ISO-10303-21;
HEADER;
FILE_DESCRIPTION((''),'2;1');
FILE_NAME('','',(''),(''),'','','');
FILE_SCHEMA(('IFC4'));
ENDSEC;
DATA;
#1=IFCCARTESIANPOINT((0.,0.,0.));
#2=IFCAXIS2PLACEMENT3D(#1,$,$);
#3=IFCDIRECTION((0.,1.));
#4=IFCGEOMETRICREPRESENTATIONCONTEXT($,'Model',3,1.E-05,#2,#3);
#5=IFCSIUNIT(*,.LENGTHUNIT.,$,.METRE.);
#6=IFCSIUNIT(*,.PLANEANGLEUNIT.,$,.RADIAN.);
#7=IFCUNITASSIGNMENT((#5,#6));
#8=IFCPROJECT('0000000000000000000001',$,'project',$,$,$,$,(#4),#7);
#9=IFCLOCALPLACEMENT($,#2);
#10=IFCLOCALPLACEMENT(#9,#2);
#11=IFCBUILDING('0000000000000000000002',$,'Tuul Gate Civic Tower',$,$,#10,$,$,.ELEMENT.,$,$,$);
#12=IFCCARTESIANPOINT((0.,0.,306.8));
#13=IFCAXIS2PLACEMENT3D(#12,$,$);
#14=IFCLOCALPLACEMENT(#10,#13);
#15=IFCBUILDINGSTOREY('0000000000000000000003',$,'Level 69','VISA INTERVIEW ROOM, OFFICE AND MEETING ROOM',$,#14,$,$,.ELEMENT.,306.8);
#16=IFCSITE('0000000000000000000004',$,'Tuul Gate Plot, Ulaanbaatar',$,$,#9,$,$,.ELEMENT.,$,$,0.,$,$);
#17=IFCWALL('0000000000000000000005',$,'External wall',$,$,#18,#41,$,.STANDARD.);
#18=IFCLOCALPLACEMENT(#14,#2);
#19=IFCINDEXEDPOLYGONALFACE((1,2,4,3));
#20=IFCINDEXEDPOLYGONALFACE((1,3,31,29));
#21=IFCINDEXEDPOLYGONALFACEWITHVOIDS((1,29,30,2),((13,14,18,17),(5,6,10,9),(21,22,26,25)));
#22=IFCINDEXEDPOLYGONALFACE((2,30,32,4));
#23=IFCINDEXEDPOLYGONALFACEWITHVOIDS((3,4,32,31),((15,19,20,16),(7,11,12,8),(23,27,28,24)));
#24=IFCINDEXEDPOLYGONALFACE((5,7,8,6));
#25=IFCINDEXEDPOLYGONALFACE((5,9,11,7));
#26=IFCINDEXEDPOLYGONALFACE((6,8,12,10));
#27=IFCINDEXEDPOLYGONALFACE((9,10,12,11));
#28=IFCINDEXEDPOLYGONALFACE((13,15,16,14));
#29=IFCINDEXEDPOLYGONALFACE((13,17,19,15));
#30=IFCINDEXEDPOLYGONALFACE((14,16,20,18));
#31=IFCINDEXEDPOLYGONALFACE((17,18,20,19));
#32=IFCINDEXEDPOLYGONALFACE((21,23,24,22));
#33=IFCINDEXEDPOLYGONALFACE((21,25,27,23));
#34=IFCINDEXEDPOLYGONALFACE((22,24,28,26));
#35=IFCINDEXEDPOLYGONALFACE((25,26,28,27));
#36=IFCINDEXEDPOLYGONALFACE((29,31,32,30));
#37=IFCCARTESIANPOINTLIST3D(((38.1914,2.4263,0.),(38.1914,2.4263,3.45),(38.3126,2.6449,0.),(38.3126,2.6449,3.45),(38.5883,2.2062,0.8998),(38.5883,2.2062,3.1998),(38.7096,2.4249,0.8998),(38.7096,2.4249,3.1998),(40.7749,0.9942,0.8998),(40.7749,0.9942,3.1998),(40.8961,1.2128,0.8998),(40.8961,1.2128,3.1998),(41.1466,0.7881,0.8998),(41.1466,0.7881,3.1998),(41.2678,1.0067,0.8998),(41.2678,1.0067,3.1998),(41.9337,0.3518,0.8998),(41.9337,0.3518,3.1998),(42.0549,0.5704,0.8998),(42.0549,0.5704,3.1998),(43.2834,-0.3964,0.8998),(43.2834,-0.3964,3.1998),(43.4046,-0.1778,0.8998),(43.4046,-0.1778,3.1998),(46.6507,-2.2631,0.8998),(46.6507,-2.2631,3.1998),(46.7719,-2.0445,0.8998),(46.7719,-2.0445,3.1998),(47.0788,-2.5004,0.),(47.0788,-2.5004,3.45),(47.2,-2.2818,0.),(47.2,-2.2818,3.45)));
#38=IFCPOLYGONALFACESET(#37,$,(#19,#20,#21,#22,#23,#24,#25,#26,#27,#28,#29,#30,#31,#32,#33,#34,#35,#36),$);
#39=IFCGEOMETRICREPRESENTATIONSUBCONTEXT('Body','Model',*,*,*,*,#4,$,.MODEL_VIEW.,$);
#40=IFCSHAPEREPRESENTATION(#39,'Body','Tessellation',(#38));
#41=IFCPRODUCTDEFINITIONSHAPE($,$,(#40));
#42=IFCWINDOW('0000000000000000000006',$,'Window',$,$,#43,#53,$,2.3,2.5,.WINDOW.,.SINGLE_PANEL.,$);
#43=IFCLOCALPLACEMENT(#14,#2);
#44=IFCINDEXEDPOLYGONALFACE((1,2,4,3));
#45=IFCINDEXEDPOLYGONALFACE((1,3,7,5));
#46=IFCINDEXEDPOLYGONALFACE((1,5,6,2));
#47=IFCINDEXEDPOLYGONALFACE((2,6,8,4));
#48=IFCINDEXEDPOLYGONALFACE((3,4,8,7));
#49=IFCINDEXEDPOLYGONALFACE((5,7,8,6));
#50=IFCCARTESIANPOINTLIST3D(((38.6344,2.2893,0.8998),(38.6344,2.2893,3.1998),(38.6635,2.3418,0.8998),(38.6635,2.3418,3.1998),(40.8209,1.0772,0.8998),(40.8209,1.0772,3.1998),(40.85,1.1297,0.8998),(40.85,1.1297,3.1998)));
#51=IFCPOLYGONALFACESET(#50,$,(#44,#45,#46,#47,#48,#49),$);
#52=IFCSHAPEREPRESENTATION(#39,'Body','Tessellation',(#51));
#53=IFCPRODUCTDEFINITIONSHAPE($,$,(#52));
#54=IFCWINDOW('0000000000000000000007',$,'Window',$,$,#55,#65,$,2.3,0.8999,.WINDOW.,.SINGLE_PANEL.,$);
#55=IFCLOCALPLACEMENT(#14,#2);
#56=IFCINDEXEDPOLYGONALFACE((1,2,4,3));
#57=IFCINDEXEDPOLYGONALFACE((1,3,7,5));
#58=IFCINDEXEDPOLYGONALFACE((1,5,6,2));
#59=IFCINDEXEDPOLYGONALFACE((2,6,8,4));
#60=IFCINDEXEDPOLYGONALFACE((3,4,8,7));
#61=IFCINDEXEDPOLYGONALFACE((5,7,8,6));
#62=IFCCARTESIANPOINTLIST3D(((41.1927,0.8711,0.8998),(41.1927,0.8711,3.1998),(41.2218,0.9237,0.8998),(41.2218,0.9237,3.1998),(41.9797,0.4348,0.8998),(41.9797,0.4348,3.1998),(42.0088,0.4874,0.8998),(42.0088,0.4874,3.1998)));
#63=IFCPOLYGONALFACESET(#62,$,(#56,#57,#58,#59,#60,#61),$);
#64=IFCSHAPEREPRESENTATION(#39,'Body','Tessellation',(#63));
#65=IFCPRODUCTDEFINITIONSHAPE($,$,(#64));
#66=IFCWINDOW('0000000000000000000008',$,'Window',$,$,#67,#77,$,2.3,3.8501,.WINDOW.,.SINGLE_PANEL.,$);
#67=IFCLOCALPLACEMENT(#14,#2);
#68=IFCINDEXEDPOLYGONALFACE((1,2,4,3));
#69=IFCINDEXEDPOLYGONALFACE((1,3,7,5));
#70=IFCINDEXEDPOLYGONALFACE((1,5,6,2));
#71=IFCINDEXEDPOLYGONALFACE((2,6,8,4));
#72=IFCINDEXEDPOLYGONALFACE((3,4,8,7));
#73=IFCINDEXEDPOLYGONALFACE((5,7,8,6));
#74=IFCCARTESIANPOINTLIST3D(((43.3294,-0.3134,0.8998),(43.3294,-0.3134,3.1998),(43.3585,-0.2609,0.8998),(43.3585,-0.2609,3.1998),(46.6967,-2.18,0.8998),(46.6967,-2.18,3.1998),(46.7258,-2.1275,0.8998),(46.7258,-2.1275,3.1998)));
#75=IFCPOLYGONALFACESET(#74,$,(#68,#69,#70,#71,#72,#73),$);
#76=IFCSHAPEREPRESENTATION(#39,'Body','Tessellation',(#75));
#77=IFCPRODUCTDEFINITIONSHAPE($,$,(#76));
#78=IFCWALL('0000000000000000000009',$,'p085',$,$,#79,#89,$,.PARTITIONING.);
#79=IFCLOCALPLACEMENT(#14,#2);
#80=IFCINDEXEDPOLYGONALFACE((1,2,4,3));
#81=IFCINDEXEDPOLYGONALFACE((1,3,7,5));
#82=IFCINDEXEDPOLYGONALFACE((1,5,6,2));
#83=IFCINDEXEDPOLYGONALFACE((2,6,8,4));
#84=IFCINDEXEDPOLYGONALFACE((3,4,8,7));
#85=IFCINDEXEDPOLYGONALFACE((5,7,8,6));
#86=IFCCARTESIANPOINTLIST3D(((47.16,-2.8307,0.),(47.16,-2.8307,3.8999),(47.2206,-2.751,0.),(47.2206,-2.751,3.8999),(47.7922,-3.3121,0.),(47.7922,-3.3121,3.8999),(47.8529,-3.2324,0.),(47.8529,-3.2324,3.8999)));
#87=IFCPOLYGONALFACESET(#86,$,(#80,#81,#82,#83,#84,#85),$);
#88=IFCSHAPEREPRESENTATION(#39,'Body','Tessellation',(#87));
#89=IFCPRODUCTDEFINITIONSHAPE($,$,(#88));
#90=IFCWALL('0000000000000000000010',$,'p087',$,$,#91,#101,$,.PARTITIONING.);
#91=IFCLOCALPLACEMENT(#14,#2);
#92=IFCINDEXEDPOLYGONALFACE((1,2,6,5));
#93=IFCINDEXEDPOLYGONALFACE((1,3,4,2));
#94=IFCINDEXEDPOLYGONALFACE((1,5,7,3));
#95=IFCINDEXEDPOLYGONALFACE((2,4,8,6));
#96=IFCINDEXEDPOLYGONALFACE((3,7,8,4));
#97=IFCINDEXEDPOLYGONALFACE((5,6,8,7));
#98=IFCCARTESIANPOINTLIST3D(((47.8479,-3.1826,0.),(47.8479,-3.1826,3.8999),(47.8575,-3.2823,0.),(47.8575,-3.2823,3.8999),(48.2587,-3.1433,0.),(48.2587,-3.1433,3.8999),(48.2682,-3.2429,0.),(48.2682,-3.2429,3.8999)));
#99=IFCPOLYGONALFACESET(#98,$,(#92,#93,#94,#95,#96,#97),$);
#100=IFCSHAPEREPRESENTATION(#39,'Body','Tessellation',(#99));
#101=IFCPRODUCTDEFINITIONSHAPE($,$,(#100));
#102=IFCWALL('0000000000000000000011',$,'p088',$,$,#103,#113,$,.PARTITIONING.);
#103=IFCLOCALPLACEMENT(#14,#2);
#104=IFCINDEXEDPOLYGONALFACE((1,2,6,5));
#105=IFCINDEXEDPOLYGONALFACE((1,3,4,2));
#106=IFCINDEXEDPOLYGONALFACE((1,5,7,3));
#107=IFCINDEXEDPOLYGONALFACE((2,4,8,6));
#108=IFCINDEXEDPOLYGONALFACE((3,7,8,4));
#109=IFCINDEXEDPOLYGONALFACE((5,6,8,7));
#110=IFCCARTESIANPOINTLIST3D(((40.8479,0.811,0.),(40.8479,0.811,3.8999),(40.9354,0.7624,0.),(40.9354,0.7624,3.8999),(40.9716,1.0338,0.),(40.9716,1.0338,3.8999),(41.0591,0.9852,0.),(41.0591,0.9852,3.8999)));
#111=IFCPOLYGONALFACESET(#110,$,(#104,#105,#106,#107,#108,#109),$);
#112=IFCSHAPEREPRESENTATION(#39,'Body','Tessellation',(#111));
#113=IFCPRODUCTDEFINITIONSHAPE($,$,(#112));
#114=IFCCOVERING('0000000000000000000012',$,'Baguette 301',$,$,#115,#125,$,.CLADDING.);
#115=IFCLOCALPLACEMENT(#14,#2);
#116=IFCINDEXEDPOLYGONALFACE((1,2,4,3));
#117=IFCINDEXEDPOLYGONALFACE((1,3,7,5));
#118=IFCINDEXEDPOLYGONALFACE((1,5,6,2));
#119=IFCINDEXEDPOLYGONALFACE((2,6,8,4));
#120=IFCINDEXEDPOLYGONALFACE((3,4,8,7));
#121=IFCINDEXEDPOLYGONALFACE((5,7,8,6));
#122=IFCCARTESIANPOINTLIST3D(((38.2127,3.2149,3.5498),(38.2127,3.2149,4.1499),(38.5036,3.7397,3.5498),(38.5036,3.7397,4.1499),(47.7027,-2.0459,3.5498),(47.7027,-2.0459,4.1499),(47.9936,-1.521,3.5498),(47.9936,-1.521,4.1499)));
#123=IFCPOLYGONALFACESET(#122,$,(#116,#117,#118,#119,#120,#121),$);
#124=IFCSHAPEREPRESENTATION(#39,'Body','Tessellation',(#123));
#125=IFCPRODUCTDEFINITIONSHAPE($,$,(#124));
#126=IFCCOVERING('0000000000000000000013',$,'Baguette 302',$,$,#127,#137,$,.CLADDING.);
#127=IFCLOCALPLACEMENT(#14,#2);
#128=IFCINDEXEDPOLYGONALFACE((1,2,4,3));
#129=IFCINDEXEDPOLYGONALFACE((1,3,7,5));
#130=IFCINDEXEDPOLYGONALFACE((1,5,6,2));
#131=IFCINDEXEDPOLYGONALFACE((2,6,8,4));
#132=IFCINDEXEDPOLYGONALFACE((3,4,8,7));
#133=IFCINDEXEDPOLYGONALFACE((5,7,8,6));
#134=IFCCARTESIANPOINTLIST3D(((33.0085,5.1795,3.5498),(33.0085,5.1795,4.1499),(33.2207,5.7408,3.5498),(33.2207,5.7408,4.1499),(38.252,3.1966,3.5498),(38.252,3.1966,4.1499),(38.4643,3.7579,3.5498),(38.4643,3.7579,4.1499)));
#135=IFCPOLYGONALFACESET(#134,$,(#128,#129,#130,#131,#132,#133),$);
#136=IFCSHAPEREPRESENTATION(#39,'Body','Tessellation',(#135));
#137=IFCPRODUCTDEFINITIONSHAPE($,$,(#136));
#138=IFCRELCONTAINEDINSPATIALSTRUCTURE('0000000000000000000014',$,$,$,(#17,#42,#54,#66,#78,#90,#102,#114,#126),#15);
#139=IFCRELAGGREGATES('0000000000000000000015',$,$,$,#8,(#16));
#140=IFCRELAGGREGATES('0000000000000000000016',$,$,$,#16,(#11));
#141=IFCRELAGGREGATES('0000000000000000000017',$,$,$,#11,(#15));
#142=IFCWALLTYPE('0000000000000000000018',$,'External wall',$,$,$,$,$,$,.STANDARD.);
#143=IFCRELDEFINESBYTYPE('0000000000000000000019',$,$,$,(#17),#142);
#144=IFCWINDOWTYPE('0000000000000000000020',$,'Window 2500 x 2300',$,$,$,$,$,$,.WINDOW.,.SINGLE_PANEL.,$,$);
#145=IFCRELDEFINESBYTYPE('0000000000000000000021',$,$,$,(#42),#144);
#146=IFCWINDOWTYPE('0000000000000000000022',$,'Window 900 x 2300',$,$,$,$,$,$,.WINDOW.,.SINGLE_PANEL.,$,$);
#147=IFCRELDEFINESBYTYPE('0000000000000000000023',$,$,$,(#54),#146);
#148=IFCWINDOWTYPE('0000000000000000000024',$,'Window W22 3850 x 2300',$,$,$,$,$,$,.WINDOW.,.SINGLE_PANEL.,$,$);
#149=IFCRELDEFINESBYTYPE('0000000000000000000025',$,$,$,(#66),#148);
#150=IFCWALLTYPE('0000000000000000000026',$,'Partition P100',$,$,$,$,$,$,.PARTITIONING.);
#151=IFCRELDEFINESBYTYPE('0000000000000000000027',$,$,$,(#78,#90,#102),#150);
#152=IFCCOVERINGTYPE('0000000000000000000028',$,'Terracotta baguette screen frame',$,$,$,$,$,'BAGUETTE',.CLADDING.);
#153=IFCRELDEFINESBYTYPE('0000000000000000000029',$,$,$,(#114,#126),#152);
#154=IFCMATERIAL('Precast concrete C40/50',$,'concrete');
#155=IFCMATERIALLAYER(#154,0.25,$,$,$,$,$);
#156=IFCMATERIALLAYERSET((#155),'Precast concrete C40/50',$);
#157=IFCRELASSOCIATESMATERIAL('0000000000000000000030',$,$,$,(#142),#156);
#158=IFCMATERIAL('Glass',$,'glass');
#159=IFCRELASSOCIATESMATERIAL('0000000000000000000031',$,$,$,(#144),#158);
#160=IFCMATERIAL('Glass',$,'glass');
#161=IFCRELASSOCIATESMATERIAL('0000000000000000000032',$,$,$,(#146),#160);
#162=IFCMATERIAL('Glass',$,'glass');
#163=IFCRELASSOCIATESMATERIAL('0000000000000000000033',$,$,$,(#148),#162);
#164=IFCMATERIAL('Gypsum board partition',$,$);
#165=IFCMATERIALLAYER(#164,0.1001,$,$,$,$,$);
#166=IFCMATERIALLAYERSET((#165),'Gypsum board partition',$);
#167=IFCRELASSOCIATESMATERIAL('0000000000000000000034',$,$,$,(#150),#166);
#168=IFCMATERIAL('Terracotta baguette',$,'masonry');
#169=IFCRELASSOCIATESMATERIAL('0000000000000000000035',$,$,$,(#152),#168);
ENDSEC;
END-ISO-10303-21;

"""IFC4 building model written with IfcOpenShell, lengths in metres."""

from ifc_helpers import new_model, si_unit, direction, frame, frame_2d, origin, origin_2d, place, context, subcontext, project, spatial, rectangle, extrude, material, layer, layer_set, material_profile, profile_set, type_object, element, fill, save


model = new_model("IFC4")

# Units and contexts
model_context = context("Model", 3, precision=1e-05, world=origin(), true_north=direction((0.0, 1.0)))
body_context = subcontext(model_context, "Body", "Model", "MODEL_VIEW")
ifc_project = project(units=[si_unit("LENGTHUNIT", "METRE"), si_unit("PLANEANGLEUNIT", "RADIAN")], contexts=[model_context])

# Site, building, storey
site_placement = place(None, origin())
site = spatial("IfcSite", under=ifc_project, at=site_placement, Name="Tuul Gate Plot, Ulaanbaatar", CompositionType="ELEMENT", RefElevation=0.0)
building_placement = place(site_placement, origin())
building = spatial("IfcBuilding", under=site, at=building_placement, Name="Tuul Gate Civic Tower", CompositionType="ELEMENT")
storey_placement = place(building_placement, frame((0.0, 0.0, 306.8)))
storey = spatial("IfcBuildingStorey", under=building, at=storey_placement, Name="Level 69", Description="VISA INTERVIEW ROOM, OFFICE AND MEETING ROOM", CompositionType="ELEMENT", Elevation=306.8)

# Wall, openings, windows
ifc_material_1 = material(Name="Precast concrete C40/50", Category="concrete")
ifc_layer_1 = layer(ifc_material_1, 0.25)
ifc_layer_set_1 = layer_set([ifc_layer_1], Name="Precast concrete C40/50")
wall_type_1 = type_object("IfcWallType", Name="External wall", PredefinedType="STANDARD", material=ifc_layer_set_1)
wall_1_placement = place(storey_placement, frame((47.1394, -2.3911, 0.0), z_axis=(0.0, 0.0, 1.0), x_axis=(-0.874605, 0.484837, 0.0)))
wall_1 = element("IfcWall", 1, at=wall_1_placement, inside=storey, type_object=wall_type_1, Name="External wall", PredefinedType="STANDARD", context=body_context, shape_type="SweptSolid", body=[
    extrude(rectangle(XDim=10.1616, YDim=0.25, at=frame_2d((5.0808, 0.0))), origin(), (0.0, 0.0, 1.0), 3.45),
])
opening_1_placement = place(wall_1_placement, frame((0.4895, 0.0, 0.8999)))
opening_1 = element("IfcOpeningElement", 2, at=opening_1_placement, cuts=wall_1, PredefinedType="OPENING", context=body_context, shape_type="SweptSolid", body=[
    extrude(rectangle(XDim=3.8501, YDim=2.3, at=frame_2d((1.925, 1.1499))), frame((0.0, 0.135, 0.0), z_axis=(0.0, -1.0, 0.0), x_axis=(1.0, 0.0, 0.0)), (0.0, 0.0, 1.0), 0.27),
])
opening_2_placement = place(wall_1_placement, frame((5.8828, 0.0, 0.8999)))
opening_2 = element("IfcOpeningElement", 3, at=opening_2_placement, cuts=wall_1, PredefinedType="OPENING", context=body_context, shape_type="SweptSolid", body=[
    extrude(rectangle(XDim=0.8999, YDim=2.3, at=frame_2d((0.45, 1.1499))), frame((0.0, 0.135, 0.0), z_axis=(0.0, -1.0, 0.0), x_axis=(1.0, 0.0, 0.0)), (0.0, 0.0, 1.0), 0.27),
])
opening_3_placement = place(wall_1_placement, frame((7.2078, 0.0, 0.8999)))
opening_3 = element("IfcOpeningElement", 4, at=opening_3_placement, cuts=wall_1, PredefinedType="OPENING", context=body_context, shape_type="SweptSolid", body=[
    extrude(rectangle(XDim=2.5, YDim=2.3, at=frame_2d((1.25, 1.1499))), frame((0.0, 0.135, 0.0), z_axis=(0.0, -1.0, 0.0), x_axis=(1.0, 0.0, 0.0)), (0.0, 0.0, 1.0), 0.27),
])
ifc_material_2 = material(Name="Glass", Category="glass")
window_type_1 = type_object("IfcWindowType", Name="Window 2500 x 2300", PartitioningType="SINGLE_PANEL", PredefinedType="WINDOW", material=ifc_material_2)
window_1_placement = place(opening_3_placement, origin())
window_1 = element("IfcWindow", 5, at=window_1_placement, inside=storey, type_object=window_type_1, Name="Window", OverallHeight=2.3, OverallWidth=2.5, PartitioningType="SINGLE_PANEL", PredefinedType="WINDOW", context=body_context, shape_type="SweptSolid", body=[
    extrude(rectangle(XDim=2.5, YDim=2.3, at=frame_2d((1.25, 1.1499))), frame((0.0, 0.03, 0.0), z_axis=(0.0, -1.0, 0.0), x_axis=(1.0, 0.0, 0.0)), (0.0, 0.0, 1.0), 0.0601),
])
fill(opening_3, window_1)
ifc_material_3 = material(Name="Glass", Category="glass")
window_type_2 = type_object("IfcWindowType", Name="Window 900 x 2300", PartitioningType="SINGLE_PANEL", PredefinedType="WINDOW", material=ifc_material_3)
window_2_placement = place(opening_2_placement, origin())
window_2 = element("IfcWindow", 6, at=window_2_placement, inside=storey, type_object=window_type_2, Name="Window", OverallHeight=2.3, OverallWidth=0.8999, PartitioningType="SINGLE_PANEL", PredefinedType="WINDOW", context=body_context, shape_type="SweptSolid", body=[
    extrude(rectangle(XDim=0.8999, YDim=2.3, at=frame_2d((0.45, 1.1499))), frame((0.0, 0.03, 0.0), z_axis=(0.0, -1.0, 0.0), x_axis=(1.0, 0.0, 0.0)), (0.0, 0.0, 1.0), 0.0601),
])
fill(opening_2, window_2)
ifc_material_4 = material(Name="Glass", Category="glass")
window_type_3 = type_object("IfcWindowType", Name="Window W22 3850 x 2300", PartitioningType="SINGLE_PANEL", PredefinedType="WINDOW", material=ifc_material_4)
window_3_placement = place(opening_1_placement, origin())
window_3 = element("IfcWindow", 7, at=window_3_placement, inside=storey, type_object=window_type_3, Name="Window", OverallHeight=2.3, OverallWidth=3.8501, PartitioningType="SINGLE_PANEL", PredefinedType="WINDOW", context=body_context, shape_type="SweptSolid", body=[
    extrude(rectangle(XDim=3.8501, YDim=2.3, at=frame_2d((1.925, 1.1499))), frame((0.0, 0.03, 0.0), z_axis=(0.0, -1.0, 0.0), x_axis=(1.0, 0.0, 0.0)), (0.0, 0.0, 1.0), 0.0601),
])
fill(opening_1, window_3)

# Walls
ifc_material_5 = material(Name="Gypsum board partition")
ifc_layer_2 = layer(ifc_material_5, 0.1001)
ifc_layer_set_2 = layer_set([ifc_layer_2], Name="Gypsum board partition")
wall_type_2 = type_object("IfcWallType", Name="Partition P100", PredefinedType="PARTITIONING", material=ifc_layer_set_2)
wall_2_placement = place(storey_placement, frame((47.1902, -2.7908, 0.0), z_axis=(0.0, 0.0, 1.0), x_axis=(0.795629, -0.605784, 0.0)))
element("IfcWall", 8, at=wall_2_placement, inside=storey, type_object=wall_type_2, Name="p085", PredefinedType="PARTITIONING", context=body_context, shape_type="SweptSolid", body=[
    extrude(rectangle(XDim=0.7947, YDim=0.1001, at=frame_2d((0.3975, 0.0))), origin(), (0.0, 0.0, 1.0), 3.8999),
])
wall_3_placement = place(storey_placement, frame((48.2634, -3.1931, 0.0), z_axis=(0.0, 0.0, 1.0), x_axis=(-0.99545, -0.095284, 0.0)))
element("IfcWall", 9, at=wall_3_placement, inside=storey, type_object=wall_type_2, Name="p087", PredefinedType="PARTITIONING", context=body_context, shape_type="SweptSolid", body=[
    extrude(rectangle(XDim=0.4126, YDim=0.1001, at=frame_2d((0.2063, 0.0))), origin(), (0.0, 0.0, 1.0), 3.8999),
])
wall_4_placement = place(storey_placement, frame((41.0154, 1.0095, 0.0), z_axis=(0.0, 0.0, 1.0), x_axis=(-0.48548, -0.874248, 0.0)))
element("IfcWall", 10, at=wall_4_placement, inside=storey, type_object=wall_type_2, Name="p088", PredefinedType="PARTITIONING", context=body_context, shape_type="SweptSolid", body=[
    extrude(rectangle(XDim=0.2549, YDim=0.1001, at=frame_2d((0.1274, 0.0))), origin(), (0.0, 0.0, 1.0), 3.8999),
])

# Coverings
ifc_material_6 = material(Name="Terracotta baguette", Category="masonry")
ifc_material_profile_1 = material_profile(ifc_material_6, rectangle(XDim=0.6001, YDim=0.6001, at=origin_2d()), Name="Terracotta baguette screen frame")
ifc_profile_set_1 = profile_set([ifc_material_profile_1], Name="Terracotta baguette")
covering_type = type_object("IfcCoveringType", Name="Terracotta baguette screen frame", ElementType="BAGUETTE", PredefinedType="CLADDING", material=ifc_profile_set_1)
covering_1_placement = place(storey_placement, frame((47.8481, -1.7834, 3.8499), z_axis=(-0.874606, 0.484835, 0.0), x_axis=(-0.484835, -0.874606, 0.0)))
element("IfcCovering", 11, at=covering_1_placement, inside=storey, type_object=covering_type, Name="Baguette 301", PredefinedType="CLADDING", context=body_context, shape_type="SweptSolid", body=[
    extrude(rectangle(XDim=0.6001, YDim=0.6001, at=origin_2d()), origin(), (0.0, 0.0, 1.0), 10.8506),
])
covering_2_placement = place(storey_placement, frame((38.3582, 3.4773, 3.8499), z_axis=(-0.935356, 0.353709, 0.0), x_axis=(-0.353709, -0.935356, 0.0)))
element("IfcCovering", 12, at=covering_2_placement, inside=storey, type_object=covering_type, Name="Baguette 302", PredefinedType="CLADDING", context=body_context, shape_type="SweptSolid", body=[
    extrude(rectangle(XDim=0.6001, YDim=0.6001, at=origin_2d()), origin(), (0.0, 0.0, 1.0), 5.606),
])

save(model, "model.ifc")
